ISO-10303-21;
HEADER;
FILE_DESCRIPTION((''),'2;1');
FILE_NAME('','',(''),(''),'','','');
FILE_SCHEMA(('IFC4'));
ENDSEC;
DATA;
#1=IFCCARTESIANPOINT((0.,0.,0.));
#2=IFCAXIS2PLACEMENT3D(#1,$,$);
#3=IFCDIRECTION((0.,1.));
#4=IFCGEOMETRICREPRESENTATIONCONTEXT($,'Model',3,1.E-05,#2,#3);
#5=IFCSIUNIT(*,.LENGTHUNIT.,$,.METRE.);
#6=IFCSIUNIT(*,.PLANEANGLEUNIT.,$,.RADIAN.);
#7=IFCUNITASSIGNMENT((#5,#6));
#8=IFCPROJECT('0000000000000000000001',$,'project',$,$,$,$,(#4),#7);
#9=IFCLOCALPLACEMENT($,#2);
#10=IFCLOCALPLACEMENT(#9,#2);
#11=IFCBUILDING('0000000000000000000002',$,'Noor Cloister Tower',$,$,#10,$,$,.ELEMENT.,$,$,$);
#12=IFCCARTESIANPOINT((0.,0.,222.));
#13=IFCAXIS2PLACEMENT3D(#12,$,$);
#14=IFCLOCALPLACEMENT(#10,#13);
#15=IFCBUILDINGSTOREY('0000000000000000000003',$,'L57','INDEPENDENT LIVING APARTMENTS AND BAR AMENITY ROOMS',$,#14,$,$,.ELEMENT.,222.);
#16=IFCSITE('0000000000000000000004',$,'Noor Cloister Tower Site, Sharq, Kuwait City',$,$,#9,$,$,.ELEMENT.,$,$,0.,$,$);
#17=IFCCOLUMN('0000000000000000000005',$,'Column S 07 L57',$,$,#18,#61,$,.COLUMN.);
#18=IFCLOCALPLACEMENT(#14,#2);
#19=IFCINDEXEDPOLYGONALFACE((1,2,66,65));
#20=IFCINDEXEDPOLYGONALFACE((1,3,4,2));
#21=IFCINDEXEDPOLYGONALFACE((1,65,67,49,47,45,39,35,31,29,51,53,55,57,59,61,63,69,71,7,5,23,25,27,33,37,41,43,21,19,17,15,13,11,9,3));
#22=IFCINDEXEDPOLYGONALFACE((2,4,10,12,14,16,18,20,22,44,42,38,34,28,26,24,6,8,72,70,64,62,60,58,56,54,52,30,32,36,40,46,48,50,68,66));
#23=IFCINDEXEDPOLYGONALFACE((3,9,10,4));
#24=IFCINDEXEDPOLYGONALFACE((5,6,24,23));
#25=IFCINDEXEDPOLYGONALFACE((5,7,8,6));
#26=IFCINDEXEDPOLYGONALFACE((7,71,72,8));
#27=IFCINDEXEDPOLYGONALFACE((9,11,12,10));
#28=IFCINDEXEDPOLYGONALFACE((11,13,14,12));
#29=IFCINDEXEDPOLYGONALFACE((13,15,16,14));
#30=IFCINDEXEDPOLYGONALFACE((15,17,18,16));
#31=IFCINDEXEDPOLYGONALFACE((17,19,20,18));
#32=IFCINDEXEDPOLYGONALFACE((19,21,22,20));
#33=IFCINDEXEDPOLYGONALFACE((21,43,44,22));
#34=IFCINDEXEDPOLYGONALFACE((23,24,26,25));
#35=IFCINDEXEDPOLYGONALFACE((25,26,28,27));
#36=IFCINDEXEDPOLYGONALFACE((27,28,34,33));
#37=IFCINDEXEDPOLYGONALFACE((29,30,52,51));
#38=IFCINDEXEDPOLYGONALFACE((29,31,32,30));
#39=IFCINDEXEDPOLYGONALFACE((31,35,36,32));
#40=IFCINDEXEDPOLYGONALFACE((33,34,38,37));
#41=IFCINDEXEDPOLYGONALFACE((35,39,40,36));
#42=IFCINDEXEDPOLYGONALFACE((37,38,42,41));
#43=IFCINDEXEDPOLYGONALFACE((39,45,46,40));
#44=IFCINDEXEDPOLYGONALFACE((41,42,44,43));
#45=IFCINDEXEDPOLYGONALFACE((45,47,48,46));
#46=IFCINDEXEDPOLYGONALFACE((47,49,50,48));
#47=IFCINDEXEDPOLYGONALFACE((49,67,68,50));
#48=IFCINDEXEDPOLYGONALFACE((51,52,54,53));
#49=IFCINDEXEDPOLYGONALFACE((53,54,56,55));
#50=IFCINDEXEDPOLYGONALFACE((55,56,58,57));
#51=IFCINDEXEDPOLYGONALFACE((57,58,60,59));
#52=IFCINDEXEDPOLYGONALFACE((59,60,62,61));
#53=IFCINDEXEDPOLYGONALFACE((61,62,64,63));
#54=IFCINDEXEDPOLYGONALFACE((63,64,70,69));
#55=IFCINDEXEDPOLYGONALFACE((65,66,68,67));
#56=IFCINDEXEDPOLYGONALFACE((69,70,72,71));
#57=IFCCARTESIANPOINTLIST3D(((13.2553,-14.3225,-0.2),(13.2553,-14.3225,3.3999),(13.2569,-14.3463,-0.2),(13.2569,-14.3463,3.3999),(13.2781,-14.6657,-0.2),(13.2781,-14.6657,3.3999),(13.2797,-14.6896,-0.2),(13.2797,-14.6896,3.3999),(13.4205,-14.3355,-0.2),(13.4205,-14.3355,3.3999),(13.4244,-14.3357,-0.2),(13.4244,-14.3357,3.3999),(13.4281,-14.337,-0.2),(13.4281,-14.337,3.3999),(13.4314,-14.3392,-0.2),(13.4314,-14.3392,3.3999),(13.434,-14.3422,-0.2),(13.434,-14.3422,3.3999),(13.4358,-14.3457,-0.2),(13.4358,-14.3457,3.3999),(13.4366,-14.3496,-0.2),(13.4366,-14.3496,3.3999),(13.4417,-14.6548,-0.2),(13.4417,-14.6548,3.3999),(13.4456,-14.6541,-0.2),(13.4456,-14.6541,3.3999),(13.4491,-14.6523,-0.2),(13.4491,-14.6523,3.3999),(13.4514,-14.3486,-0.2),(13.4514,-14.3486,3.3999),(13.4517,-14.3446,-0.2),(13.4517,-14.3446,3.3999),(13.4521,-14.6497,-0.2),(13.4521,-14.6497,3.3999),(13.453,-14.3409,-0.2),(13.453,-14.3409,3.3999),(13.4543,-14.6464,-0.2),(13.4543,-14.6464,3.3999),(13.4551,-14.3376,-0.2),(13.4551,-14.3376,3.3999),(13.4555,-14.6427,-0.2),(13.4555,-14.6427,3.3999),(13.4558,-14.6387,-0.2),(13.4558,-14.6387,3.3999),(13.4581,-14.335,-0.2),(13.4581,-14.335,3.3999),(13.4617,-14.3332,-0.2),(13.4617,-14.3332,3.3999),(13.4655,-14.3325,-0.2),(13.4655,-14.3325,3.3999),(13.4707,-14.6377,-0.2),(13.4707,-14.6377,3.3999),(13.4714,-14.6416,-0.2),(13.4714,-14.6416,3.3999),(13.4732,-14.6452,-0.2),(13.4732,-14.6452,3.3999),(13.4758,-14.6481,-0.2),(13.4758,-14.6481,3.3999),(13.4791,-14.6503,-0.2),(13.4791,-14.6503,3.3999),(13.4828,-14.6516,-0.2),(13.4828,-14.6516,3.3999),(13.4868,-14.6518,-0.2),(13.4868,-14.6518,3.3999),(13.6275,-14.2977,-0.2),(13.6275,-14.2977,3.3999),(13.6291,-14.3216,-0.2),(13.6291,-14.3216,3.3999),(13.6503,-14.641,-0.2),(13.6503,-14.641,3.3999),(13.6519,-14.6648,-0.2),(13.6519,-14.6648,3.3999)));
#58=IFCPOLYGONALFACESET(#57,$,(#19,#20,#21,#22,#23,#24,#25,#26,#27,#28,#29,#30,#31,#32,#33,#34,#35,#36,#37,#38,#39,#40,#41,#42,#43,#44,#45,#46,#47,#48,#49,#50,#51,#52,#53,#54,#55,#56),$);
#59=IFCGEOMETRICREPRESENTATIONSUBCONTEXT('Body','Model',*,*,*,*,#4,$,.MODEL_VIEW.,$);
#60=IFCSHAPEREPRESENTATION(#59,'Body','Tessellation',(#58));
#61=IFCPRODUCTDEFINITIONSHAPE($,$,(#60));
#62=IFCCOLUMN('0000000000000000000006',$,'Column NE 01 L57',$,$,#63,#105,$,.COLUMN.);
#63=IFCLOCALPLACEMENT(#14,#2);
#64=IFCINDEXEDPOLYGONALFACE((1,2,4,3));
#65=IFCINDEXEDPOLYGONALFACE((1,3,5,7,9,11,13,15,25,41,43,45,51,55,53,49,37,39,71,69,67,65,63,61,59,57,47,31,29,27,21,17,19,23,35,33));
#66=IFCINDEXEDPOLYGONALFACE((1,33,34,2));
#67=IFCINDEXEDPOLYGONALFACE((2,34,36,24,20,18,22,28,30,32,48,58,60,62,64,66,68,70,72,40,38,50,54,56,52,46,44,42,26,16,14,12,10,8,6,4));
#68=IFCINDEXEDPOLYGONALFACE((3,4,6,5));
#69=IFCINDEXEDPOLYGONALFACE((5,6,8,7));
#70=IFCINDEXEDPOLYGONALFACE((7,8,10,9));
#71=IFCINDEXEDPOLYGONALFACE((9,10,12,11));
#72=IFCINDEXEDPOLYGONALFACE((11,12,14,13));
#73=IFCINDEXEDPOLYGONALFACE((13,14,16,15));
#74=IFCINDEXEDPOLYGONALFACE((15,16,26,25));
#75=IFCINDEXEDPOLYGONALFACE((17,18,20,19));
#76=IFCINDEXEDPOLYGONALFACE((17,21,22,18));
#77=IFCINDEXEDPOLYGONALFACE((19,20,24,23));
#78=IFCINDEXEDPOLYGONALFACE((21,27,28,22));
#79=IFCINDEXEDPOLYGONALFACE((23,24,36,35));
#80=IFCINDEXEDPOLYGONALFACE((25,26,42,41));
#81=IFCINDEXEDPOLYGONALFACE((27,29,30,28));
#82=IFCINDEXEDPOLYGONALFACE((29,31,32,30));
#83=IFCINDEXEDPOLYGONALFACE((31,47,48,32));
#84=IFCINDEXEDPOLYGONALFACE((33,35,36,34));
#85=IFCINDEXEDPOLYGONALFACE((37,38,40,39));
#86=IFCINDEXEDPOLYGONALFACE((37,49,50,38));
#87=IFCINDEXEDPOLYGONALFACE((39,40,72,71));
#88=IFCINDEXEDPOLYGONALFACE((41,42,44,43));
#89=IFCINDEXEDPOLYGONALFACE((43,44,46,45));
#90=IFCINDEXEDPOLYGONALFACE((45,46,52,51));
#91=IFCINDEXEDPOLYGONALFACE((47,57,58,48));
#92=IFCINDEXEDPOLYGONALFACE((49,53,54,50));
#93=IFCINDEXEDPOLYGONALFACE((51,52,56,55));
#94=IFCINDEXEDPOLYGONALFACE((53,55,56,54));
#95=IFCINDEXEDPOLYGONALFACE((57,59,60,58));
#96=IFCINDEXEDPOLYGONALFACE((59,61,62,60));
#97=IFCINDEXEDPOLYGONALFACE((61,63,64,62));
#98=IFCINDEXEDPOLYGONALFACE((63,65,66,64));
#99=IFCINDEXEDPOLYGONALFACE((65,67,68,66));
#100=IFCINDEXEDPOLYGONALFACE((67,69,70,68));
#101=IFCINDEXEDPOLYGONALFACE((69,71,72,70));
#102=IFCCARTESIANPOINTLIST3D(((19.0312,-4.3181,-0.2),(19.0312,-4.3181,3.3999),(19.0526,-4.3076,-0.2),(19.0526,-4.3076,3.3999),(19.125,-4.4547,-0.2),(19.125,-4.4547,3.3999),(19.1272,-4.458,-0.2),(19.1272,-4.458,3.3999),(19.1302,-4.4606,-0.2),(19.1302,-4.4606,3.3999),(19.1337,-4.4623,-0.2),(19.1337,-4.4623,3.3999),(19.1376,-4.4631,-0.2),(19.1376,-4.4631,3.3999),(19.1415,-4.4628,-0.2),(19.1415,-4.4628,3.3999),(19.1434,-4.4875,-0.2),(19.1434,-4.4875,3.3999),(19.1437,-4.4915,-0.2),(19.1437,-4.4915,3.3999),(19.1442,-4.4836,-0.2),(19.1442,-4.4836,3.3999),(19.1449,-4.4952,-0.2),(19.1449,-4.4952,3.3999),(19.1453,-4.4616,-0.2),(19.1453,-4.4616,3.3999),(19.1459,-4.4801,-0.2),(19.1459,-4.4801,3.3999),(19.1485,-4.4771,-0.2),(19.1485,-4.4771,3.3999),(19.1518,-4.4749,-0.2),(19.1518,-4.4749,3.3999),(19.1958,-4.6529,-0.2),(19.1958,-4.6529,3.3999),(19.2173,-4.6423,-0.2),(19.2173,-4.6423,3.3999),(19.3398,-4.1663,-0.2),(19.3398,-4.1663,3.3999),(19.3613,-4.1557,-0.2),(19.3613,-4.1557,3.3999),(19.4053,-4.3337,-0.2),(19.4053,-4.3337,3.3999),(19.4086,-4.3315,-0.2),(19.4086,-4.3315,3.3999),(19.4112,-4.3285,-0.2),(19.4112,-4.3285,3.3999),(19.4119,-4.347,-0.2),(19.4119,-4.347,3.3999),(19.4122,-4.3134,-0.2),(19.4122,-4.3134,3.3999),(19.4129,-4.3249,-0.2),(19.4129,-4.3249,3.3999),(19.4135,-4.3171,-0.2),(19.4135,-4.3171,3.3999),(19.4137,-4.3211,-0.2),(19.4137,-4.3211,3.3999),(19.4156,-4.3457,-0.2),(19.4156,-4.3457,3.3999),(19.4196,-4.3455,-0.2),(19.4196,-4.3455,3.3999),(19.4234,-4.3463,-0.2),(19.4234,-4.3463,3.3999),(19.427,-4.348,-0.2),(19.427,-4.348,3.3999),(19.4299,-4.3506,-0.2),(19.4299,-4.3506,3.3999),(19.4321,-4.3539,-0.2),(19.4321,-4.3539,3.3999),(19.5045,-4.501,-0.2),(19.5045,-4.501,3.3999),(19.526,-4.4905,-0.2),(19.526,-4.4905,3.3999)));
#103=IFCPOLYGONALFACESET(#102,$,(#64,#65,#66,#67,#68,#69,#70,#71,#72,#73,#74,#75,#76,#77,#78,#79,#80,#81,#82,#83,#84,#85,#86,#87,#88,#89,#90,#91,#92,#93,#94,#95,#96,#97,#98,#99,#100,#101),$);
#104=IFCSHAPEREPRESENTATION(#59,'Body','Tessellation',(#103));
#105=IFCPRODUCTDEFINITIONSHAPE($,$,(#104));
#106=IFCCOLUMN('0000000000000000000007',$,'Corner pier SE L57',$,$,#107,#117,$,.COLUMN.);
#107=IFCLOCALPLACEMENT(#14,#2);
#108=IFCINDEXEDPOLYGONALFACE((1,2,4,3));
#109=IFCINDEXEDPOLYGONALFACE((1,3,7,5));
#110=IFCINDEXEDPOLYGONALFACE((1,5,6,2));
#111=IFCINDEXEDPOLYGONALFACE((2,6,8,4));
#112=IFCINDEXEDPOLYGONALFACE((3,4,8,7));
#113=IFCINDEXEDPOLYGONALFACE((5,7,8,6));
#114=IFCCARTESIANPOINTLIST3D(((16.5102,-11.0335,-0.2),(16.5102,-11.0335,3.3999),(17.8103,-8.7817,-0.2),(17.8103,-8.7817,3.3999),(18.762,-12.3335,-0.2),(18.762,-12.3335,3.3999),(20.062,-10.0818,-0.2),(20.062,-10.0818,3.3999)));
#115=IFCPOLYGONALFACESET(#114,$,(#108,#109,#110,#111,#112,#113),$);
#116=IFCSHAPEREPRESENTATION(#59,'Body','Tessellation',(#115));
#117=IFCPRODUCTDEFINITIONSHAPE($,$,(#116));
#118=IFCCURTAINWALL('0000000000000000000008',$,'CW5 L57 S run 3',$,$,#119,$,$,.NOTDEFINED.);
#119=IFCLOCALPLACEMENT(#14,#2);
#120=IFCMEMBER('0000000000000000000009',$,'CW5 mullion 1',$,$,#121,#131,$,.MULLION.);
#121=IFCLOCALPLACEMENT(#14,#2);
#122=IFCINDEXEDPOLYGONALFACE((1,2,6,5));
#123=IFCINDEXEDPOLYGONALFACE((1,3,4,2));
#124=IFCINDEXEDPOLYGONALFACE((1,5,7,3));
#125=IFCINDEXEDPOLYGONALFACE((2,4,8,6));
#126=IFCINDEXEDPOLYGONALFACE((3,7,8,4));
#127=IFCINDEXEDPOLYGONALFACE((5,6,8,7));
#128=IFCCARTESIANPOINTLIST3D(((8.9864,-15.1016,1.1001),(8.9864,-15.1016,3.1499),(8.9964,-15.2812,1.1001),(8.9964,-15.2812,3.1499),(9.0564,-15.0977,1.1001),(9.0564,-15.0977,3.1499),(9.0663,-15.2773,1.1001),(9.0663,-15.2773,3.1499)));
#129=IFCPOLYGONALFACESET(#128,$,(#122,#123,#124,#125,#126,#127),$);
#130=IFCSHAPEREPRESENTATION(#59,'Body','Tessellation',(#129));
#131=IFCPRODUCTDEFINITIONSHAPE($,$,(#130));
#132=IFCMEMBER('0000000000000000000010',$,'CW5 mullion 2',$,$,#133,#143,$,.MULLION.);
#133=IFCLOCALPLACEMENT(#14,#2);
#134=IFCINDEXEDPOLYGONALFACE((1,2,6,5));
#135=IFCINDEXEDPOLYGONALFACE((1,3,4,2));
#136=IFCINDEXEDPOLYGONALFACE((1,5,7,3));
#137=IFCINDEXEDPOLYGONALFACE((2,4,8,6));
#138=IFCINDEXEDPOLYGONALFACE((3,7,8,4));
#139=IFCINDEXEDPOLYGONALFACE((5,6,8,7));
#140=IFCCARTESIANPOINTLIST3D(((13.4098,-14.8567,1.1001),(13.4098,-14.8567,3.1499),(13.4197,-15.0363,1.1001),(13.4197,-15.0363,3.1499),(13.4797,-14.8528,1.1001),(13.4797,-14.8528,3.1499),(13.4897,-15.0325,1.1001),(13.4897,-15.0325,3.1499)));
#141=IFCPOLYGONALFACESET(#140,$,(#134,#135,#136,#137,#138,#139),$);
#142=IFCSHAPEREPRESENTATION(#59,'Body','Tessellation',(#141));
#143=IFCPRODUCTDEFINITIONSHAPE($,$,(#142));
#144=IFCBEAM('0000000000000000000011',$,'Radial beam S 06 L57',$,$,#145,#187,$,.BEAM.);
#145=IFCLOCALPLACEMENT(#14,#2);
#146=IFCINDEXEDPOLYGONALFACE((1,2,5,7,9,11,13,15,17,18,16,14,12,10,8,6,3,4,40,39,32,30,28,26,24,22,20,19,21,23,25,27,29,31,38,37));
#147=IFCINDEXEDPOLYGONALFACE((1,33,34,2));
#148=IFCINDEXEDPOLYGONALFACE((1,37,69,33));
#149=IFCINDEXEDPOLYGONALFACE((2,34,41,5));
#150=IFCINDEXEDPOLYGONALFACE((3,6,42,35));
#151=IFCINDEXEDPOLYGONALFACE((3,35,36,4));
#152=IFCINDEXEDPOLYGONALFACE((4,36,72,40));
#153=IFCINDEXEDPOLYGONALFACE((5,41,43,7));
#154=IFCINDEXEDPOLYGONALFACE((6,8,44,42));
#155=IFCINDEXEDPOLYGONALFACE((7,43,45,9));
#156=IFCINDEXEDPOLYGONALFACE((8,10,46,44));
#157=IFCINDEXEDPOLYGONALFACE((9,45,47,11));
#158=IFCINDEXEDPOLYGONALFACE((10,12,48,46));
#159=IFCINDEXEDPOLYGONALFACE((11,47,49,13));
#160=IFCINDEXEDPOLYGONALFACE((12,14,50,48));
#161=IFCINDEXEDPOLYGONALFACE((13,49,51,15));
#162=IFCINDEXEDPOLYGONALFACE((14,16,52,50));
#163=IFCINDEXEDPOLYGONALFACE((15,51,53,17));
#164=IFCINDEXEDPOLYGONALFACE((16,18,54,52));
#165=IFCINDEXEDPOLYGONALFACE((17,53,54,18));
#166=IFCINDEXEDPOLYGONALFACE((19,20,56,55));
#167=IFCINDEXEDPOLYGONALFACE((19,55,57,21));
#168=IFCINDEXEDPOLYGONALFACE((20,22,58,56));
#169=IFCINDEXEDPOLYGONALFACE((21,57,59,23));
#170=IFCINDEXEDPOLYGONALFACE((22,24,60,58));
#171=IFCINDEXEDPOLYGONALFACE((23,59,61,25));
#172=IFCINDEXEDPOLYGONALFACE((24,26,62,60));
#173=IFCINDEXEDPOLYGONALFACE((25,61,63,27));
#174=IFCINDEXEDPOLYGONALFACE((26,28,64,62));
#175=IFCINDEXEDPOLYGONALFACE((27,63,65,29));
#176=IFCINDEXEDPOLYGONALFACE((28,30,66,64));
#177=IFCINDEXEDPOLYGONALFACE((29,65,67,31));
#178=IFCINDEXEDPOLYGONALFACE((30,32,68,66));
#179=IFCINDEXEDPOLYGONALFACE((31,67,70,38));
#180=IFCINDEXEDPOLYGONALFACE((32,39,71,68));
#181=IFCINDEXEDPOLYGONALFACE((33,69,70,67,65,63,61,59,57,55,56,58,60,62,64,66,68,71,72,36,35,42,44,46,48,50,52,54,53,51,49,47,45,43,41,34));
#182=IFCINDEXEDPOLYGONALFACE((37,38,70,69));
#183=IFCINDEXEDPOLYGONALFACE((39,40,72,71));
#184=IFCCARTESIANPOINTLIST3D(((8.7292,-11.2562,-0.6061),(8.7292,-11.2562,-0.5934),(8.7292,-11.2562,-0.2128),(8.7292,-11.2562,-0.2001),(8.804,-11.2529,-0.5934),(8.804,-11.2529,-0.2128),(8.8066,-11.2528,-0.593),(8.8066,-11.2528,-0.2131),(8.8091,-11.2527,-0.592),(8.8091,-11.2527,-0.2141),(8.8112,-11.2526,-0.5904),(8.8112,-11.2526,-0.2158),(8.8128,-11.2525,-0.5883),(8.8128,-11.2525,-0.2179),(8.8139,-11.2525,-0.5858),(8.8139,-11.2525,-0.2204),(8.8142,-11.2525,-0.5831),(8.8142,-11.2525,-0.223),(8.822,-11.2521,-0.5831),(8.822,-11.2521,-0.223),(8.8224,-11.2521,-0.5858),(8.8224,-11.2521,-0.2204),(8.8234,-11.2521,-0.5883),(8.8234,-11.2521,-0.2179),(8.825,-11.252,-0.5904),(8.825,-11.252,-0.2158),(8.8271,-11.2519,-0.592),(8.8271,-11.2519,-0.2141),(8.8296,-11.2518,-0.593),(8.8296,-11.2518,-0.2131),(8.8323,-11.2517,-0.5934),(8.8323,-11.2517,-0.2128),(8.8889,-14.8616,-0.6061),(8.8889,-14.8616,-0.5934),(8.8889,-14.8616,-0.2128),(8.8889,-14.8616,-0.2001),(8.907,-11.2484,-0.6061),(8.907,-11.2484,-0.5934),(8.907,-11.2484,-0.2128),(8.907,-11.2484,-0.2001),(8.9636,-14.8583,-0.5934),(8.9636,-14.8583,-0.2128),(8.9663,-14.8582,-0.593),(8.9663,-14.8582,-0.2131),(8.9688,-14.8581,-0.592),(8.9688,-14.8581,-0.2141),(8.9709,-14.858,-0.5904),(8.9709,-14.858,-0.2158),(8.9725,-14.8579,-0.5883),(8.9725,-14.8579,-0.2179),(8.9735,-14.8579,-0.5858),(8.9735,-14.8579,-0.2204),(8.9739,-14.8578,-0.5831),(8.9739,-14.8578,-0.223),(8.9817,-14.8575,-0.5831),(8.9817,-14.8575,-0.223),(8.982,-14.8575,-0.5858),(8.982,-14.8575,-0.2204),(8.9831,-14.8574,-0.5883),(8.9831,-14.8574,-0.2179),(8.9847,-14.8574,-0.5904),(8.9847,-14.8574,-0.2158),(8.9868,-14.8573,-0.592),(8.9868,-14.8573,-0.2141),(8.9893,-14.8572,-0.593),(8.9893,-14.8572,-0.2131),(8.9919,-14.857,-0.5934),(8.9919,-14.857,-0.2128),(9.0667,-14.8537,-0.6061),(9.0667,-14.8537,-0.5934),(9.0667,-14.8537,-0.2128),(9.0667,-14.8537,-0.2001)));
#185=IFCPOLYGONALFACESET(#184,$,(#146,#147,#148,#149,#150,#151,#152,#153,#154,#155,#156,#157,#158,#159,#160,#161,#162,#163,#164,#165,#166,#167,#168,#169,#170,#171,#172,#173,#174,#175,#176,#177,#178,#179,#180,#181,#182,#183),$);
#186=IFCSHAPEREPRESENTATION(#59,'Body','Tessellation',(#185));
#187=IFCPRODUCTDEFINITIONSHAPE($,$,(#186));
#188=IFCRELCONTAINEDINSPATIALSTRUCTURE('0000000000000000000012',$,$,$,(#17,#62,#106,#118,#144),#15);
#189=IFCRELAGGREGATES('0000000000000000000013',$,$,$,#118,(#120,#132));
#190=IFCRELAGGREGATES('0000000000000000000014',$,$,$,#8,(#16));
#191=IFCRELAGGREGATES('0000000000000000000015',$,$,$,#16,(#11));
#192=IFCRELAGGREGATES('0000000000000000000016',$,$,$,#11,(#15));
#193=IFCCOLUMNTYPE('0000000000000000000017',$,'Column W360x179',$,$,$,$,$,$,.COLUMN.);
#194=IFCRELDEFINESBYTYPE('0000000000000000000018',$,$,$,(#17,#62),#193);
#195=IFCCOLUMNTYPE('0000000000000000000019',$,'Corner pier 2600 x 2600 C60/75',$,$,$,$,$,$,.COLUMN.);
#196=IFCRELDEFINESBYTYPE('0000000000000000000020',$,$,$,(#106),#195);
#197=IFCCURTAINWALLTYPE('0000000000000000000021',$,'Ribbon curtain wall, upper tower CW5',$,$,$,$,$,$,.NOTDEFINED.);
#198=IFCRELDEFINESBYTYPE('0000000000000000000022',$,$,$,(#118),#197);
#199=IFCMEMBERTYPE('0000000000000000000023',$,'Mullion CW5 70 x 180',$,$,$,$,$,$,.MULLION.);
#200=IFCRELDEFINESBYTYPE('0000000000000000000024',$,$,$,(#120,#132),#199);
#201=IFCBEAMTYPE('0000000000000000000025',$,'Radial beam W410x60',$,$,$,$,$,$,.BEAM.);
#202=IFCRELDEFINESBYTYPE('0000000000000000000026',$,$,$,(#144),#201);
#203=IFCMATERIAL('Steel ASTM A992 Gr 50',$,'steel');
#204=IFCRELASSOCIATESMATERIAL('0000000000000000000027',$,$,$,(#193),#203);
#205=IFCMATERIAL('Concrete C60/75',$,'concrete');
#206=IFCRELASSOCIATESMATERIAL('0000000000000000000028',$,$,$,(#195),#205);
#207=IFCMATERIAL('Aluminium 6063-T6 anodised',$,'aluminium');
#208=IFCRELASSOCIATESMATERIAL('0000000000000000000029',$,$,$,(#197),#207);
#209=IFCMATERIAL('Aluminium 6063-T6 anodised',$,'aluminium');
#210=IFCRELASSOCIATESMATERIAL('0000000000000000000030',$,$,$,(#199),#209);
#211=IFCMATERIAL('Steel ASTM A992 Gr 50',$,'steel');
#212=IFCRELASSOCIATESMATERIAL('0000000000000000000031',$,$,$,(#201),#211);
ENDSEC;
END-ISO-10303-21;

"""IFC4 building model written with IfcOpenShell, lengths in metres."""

from ifc_helpers import new_model, si_unit, direction, frame, origin, origin_2d, place, context, subcontext, project, spatial, rectangle, i_section, extrude, material, material_profile, profile_set, type_object, element, aggregate, save


model = new_model("IFC4")

# Units and contexts
model_context = context("Model", 3, precision=1e-05, world=origin(), true_north=direction((0.0, 1.0)))
body_context = subcontext(model_context, "Body", "Model", "MODEL_VIEW")
ifc_project = project(units=[si_unit("LENGTHUNIT", "METRE"), si_unit("PLANEANGLEUNIT", "RADIAN")], contexts=[model_context])

# Site, building, storey
site_placement = place(None, origin())
site = spatial("IfcSite", under=ifc_project, at=site_placement, Name="Noor Cloister Tower Site, Sharq, Kuwait City", CompositionType="ELEMENT", RefElevation=0.0)
building_placement = place(site_placement, origin())
building = spatial("IfcBuilding", under=site, at=building_placement, Name="Noor Cloister Tower", CompositionType="ELEMENT")
storey_placement = place(building_placement, frame((0.0, 0.0, 222.0)))
storey = spatial("IfcBuildingStorey", under=building, at=storey_placement, Name="L57", Description="INDEPENDENT LIVING APARTMENTS AND BAR AMENITY ROOMS", CompositionType="ELEMENT", Elevation=222.0)

# Columns
ifc_material_1 = material(Name="Steel ASTM A992 Gr 50", Category="steel")
ifc_material_profile_1 = material_profile(ifc_material_1, i_section(OverallWidth=0.373, OverallDepth=0.3679, WebThickness=0.0149, FlangeThickness=0.0239, FilletRadius=0.0151, at=origin_2d()), Name="W360x179")
ifc_profile_set_1 = profile_set([ifc_material_profile_1], Name="Steel ASTM A992 Gr 50")
column_type_1 = type_object("IfcColumnType", Name="Column W360x179", PredefinedType="COLUMN", material=ifc_profile_set_1)
for number, where, z_axis, x_axis, name in (
    (1, (13.4536, -14.4937, -0.2), (0.0, 0.0, 1.0), (0.997796, 0.066352, 0.0), "Column S 07 L57"),
    (2, (19.2786, -4.4043, -0.2), (0.0, 0.0, 1.0), (-0.441436, 0.897293, 0.0), "Column NE 01 L57"),
):
    element("IfcColumn", number, at=place(storey_placement, frame(where, z_axis=z_axis, x_axis=x_axis)), inside=storey, type_object=column_type_1, Name=name, PredefinedType="COLUMN", context=body_context, shape_type="SweptSolid", body=[
        extrude(i_section(OverallWidth=0.373, OverallDepth=0.3679, WebThickness=0.0149, FlangeThickness=0.0239, FilletRadius=0.0151, at=origin_2d()), origin(), (0.0, 0.0, 1.0), 3.5999),
    ])
ifc_material_2 = material(Name="Concrete C60/75", Category="concrete")
ifc_material_profile_2 = material_profile(ifc_material_2, rectangle(XDim=2.6001, YDim=2.6001, at=origin_2d()), Name="RC 2600x2600")
ifc_profile_set_2 = profile_set([ifc_material_profile_2], Name="Concrete C60/75")
column_type_2 = type_object("IfcColumnType", Name="Corner pier 2600 x 2600 C60/75", PredefinedType="COLUMN", material=ifc_profile_set_2)
column_placement = place(storey_placement, frame((18.2861, -10.5576, -0.2), z_axis=(0.0, 0.0, 1.0), x_axis=(0.866025, -0.5, 0.0)))
element("IfcColumn", 3, at=column_placement, inside=storey, type_object=column_type_2, Name="Corner pier SE L57", PredefinedType="COLUMN", context=body_context, shape_type="SweptSolid", body=[
    extrude(rectangle(XDim=2.6001, YDim=2.6001, at=origin_2d()), origin(), (0.0, 0.0, 1.0), 3.5999),
])

# Curtain wall, members
ifc_material_3 = material(Name="Aluminium 6063-T6 anodised", Category="aluminium")
curtain_wall_type = type_object("IfcCurtainWallType", Name="Ribbon curtain wall, upper tower CW5", PredefinedType="NOTDEFINED", material=ifc_material_3)
curtain_wall_placement = place(storey_placement, origin())
curtain_wall = element("IfcCurtainWall", 4, at=curtain_wall_placement, inside=storey, type_object=curtain_wall_type, Name="CW5 L57 S run 3", PredefinedType="NOTDEFINED")
ifc_material_4 = material(Name="Aluminium 6063-T6 anodised", Category="aluminium")
ifc_material_profile_3 = material_profile(ifc_material_4, rectangle(XDim=0.1799, YDim=0.0701, at=origin_2d()), Name="180 x 70 mullion")
ifc_profile_set_3 = profile_set([ifc_material_profile_3], Name="Aluminium 6063-T6 anodised")
member_type = type_object("IfcMemberType", Name="Mullion CW5 70 x 180", PredefinedType="MULLION", material=ifc_profile_set_3)
member_1_placement = place(storey_placement, frame((9.0264, -15.1895, 1.1001), z_axis=(0.0, 0.0, 1.0), x_axis=(-0.055305, 0.998469, 0.0)))
member_1 = element("IfcMember", 5, at=member_1_placement, type_object=member_type, Name="CW5 mullion 1", PredefinedType="MULLION", context=body_context, shape_type="SweptSolid", body=[
    extrude(rectangle(XDim=0.1799, YDim=0.0701, at=origin_2d()), origin(), (0.0, 0.0, 1.0), 2.0498),
])
member_2_placement = place(storey_placement, frame((13.4497, -14.9446, 1.1001), z_axis=(0.0, 0.0, 1.0), x_axis=(-0.055305, 0.998469, 0.0)))
member_2 = element("IfcMember", 6, at=member_2_placement, type_object=member_type, Name="CW5 mullion 2", PredefinedType="MULLION", context=body_context, shape_type="SweptSolid", body=[
    extrude(rectangle(XDim=0.1799, YDim=0.0701, at=origin_2d()), origin(), (0.0, 0.0, 1.0), 2.0498),
])

# Beam
ifc_material_5 = material(Name="Steel ASTM A992 Gr 50", Category="steel")
ifc_material_profile_4 = material_profile(ifc_material_5, i_section(OverallWidth=0.178, OverallDepth=0.406, WebThickness=0.0078, FlangeThickness=0.0127, FilletRadius=0.0103, at=origin_2d()), Name="W410x60")
ifc_profile_set_4 = profile_set([ifc_material_profile_4], Name="Steel ASTM A992 Gr 50")
beam_type_1 = type_object("IfcBeamType", Name="Radial beam W410x60", PredefinedType="BEAM", material=ifc_profile_set_4)
beam_1_placement = place(storey_placement, frame((8.9778, -14.8577, -0.4031), z_axis=(-0.044242, 0.999021, 0.0), x_axis=(-0.999021, -0.044242, 0.0)))
element("IfcBeam", 7, at=beam_1_placement, inside=storey, type_object=beam_type_1, Name="Radial beam S 06 L57", PredefinedType="BEAM", context=body_context, shape_type="SweptSolid", body=[
    extrude(i_section(OverallWidth=0.178, OverallDepth=0.406, WebThickness=0.0078, FlangeThickness=0.0127, FilletRadius=0.0103, at=origin_2d()), origin(), (0.0, 0.0, 1.0), 3.6089),
])

aggregate(curtain_wall, [member_1, member_2])

save(model, "model.ifc")
